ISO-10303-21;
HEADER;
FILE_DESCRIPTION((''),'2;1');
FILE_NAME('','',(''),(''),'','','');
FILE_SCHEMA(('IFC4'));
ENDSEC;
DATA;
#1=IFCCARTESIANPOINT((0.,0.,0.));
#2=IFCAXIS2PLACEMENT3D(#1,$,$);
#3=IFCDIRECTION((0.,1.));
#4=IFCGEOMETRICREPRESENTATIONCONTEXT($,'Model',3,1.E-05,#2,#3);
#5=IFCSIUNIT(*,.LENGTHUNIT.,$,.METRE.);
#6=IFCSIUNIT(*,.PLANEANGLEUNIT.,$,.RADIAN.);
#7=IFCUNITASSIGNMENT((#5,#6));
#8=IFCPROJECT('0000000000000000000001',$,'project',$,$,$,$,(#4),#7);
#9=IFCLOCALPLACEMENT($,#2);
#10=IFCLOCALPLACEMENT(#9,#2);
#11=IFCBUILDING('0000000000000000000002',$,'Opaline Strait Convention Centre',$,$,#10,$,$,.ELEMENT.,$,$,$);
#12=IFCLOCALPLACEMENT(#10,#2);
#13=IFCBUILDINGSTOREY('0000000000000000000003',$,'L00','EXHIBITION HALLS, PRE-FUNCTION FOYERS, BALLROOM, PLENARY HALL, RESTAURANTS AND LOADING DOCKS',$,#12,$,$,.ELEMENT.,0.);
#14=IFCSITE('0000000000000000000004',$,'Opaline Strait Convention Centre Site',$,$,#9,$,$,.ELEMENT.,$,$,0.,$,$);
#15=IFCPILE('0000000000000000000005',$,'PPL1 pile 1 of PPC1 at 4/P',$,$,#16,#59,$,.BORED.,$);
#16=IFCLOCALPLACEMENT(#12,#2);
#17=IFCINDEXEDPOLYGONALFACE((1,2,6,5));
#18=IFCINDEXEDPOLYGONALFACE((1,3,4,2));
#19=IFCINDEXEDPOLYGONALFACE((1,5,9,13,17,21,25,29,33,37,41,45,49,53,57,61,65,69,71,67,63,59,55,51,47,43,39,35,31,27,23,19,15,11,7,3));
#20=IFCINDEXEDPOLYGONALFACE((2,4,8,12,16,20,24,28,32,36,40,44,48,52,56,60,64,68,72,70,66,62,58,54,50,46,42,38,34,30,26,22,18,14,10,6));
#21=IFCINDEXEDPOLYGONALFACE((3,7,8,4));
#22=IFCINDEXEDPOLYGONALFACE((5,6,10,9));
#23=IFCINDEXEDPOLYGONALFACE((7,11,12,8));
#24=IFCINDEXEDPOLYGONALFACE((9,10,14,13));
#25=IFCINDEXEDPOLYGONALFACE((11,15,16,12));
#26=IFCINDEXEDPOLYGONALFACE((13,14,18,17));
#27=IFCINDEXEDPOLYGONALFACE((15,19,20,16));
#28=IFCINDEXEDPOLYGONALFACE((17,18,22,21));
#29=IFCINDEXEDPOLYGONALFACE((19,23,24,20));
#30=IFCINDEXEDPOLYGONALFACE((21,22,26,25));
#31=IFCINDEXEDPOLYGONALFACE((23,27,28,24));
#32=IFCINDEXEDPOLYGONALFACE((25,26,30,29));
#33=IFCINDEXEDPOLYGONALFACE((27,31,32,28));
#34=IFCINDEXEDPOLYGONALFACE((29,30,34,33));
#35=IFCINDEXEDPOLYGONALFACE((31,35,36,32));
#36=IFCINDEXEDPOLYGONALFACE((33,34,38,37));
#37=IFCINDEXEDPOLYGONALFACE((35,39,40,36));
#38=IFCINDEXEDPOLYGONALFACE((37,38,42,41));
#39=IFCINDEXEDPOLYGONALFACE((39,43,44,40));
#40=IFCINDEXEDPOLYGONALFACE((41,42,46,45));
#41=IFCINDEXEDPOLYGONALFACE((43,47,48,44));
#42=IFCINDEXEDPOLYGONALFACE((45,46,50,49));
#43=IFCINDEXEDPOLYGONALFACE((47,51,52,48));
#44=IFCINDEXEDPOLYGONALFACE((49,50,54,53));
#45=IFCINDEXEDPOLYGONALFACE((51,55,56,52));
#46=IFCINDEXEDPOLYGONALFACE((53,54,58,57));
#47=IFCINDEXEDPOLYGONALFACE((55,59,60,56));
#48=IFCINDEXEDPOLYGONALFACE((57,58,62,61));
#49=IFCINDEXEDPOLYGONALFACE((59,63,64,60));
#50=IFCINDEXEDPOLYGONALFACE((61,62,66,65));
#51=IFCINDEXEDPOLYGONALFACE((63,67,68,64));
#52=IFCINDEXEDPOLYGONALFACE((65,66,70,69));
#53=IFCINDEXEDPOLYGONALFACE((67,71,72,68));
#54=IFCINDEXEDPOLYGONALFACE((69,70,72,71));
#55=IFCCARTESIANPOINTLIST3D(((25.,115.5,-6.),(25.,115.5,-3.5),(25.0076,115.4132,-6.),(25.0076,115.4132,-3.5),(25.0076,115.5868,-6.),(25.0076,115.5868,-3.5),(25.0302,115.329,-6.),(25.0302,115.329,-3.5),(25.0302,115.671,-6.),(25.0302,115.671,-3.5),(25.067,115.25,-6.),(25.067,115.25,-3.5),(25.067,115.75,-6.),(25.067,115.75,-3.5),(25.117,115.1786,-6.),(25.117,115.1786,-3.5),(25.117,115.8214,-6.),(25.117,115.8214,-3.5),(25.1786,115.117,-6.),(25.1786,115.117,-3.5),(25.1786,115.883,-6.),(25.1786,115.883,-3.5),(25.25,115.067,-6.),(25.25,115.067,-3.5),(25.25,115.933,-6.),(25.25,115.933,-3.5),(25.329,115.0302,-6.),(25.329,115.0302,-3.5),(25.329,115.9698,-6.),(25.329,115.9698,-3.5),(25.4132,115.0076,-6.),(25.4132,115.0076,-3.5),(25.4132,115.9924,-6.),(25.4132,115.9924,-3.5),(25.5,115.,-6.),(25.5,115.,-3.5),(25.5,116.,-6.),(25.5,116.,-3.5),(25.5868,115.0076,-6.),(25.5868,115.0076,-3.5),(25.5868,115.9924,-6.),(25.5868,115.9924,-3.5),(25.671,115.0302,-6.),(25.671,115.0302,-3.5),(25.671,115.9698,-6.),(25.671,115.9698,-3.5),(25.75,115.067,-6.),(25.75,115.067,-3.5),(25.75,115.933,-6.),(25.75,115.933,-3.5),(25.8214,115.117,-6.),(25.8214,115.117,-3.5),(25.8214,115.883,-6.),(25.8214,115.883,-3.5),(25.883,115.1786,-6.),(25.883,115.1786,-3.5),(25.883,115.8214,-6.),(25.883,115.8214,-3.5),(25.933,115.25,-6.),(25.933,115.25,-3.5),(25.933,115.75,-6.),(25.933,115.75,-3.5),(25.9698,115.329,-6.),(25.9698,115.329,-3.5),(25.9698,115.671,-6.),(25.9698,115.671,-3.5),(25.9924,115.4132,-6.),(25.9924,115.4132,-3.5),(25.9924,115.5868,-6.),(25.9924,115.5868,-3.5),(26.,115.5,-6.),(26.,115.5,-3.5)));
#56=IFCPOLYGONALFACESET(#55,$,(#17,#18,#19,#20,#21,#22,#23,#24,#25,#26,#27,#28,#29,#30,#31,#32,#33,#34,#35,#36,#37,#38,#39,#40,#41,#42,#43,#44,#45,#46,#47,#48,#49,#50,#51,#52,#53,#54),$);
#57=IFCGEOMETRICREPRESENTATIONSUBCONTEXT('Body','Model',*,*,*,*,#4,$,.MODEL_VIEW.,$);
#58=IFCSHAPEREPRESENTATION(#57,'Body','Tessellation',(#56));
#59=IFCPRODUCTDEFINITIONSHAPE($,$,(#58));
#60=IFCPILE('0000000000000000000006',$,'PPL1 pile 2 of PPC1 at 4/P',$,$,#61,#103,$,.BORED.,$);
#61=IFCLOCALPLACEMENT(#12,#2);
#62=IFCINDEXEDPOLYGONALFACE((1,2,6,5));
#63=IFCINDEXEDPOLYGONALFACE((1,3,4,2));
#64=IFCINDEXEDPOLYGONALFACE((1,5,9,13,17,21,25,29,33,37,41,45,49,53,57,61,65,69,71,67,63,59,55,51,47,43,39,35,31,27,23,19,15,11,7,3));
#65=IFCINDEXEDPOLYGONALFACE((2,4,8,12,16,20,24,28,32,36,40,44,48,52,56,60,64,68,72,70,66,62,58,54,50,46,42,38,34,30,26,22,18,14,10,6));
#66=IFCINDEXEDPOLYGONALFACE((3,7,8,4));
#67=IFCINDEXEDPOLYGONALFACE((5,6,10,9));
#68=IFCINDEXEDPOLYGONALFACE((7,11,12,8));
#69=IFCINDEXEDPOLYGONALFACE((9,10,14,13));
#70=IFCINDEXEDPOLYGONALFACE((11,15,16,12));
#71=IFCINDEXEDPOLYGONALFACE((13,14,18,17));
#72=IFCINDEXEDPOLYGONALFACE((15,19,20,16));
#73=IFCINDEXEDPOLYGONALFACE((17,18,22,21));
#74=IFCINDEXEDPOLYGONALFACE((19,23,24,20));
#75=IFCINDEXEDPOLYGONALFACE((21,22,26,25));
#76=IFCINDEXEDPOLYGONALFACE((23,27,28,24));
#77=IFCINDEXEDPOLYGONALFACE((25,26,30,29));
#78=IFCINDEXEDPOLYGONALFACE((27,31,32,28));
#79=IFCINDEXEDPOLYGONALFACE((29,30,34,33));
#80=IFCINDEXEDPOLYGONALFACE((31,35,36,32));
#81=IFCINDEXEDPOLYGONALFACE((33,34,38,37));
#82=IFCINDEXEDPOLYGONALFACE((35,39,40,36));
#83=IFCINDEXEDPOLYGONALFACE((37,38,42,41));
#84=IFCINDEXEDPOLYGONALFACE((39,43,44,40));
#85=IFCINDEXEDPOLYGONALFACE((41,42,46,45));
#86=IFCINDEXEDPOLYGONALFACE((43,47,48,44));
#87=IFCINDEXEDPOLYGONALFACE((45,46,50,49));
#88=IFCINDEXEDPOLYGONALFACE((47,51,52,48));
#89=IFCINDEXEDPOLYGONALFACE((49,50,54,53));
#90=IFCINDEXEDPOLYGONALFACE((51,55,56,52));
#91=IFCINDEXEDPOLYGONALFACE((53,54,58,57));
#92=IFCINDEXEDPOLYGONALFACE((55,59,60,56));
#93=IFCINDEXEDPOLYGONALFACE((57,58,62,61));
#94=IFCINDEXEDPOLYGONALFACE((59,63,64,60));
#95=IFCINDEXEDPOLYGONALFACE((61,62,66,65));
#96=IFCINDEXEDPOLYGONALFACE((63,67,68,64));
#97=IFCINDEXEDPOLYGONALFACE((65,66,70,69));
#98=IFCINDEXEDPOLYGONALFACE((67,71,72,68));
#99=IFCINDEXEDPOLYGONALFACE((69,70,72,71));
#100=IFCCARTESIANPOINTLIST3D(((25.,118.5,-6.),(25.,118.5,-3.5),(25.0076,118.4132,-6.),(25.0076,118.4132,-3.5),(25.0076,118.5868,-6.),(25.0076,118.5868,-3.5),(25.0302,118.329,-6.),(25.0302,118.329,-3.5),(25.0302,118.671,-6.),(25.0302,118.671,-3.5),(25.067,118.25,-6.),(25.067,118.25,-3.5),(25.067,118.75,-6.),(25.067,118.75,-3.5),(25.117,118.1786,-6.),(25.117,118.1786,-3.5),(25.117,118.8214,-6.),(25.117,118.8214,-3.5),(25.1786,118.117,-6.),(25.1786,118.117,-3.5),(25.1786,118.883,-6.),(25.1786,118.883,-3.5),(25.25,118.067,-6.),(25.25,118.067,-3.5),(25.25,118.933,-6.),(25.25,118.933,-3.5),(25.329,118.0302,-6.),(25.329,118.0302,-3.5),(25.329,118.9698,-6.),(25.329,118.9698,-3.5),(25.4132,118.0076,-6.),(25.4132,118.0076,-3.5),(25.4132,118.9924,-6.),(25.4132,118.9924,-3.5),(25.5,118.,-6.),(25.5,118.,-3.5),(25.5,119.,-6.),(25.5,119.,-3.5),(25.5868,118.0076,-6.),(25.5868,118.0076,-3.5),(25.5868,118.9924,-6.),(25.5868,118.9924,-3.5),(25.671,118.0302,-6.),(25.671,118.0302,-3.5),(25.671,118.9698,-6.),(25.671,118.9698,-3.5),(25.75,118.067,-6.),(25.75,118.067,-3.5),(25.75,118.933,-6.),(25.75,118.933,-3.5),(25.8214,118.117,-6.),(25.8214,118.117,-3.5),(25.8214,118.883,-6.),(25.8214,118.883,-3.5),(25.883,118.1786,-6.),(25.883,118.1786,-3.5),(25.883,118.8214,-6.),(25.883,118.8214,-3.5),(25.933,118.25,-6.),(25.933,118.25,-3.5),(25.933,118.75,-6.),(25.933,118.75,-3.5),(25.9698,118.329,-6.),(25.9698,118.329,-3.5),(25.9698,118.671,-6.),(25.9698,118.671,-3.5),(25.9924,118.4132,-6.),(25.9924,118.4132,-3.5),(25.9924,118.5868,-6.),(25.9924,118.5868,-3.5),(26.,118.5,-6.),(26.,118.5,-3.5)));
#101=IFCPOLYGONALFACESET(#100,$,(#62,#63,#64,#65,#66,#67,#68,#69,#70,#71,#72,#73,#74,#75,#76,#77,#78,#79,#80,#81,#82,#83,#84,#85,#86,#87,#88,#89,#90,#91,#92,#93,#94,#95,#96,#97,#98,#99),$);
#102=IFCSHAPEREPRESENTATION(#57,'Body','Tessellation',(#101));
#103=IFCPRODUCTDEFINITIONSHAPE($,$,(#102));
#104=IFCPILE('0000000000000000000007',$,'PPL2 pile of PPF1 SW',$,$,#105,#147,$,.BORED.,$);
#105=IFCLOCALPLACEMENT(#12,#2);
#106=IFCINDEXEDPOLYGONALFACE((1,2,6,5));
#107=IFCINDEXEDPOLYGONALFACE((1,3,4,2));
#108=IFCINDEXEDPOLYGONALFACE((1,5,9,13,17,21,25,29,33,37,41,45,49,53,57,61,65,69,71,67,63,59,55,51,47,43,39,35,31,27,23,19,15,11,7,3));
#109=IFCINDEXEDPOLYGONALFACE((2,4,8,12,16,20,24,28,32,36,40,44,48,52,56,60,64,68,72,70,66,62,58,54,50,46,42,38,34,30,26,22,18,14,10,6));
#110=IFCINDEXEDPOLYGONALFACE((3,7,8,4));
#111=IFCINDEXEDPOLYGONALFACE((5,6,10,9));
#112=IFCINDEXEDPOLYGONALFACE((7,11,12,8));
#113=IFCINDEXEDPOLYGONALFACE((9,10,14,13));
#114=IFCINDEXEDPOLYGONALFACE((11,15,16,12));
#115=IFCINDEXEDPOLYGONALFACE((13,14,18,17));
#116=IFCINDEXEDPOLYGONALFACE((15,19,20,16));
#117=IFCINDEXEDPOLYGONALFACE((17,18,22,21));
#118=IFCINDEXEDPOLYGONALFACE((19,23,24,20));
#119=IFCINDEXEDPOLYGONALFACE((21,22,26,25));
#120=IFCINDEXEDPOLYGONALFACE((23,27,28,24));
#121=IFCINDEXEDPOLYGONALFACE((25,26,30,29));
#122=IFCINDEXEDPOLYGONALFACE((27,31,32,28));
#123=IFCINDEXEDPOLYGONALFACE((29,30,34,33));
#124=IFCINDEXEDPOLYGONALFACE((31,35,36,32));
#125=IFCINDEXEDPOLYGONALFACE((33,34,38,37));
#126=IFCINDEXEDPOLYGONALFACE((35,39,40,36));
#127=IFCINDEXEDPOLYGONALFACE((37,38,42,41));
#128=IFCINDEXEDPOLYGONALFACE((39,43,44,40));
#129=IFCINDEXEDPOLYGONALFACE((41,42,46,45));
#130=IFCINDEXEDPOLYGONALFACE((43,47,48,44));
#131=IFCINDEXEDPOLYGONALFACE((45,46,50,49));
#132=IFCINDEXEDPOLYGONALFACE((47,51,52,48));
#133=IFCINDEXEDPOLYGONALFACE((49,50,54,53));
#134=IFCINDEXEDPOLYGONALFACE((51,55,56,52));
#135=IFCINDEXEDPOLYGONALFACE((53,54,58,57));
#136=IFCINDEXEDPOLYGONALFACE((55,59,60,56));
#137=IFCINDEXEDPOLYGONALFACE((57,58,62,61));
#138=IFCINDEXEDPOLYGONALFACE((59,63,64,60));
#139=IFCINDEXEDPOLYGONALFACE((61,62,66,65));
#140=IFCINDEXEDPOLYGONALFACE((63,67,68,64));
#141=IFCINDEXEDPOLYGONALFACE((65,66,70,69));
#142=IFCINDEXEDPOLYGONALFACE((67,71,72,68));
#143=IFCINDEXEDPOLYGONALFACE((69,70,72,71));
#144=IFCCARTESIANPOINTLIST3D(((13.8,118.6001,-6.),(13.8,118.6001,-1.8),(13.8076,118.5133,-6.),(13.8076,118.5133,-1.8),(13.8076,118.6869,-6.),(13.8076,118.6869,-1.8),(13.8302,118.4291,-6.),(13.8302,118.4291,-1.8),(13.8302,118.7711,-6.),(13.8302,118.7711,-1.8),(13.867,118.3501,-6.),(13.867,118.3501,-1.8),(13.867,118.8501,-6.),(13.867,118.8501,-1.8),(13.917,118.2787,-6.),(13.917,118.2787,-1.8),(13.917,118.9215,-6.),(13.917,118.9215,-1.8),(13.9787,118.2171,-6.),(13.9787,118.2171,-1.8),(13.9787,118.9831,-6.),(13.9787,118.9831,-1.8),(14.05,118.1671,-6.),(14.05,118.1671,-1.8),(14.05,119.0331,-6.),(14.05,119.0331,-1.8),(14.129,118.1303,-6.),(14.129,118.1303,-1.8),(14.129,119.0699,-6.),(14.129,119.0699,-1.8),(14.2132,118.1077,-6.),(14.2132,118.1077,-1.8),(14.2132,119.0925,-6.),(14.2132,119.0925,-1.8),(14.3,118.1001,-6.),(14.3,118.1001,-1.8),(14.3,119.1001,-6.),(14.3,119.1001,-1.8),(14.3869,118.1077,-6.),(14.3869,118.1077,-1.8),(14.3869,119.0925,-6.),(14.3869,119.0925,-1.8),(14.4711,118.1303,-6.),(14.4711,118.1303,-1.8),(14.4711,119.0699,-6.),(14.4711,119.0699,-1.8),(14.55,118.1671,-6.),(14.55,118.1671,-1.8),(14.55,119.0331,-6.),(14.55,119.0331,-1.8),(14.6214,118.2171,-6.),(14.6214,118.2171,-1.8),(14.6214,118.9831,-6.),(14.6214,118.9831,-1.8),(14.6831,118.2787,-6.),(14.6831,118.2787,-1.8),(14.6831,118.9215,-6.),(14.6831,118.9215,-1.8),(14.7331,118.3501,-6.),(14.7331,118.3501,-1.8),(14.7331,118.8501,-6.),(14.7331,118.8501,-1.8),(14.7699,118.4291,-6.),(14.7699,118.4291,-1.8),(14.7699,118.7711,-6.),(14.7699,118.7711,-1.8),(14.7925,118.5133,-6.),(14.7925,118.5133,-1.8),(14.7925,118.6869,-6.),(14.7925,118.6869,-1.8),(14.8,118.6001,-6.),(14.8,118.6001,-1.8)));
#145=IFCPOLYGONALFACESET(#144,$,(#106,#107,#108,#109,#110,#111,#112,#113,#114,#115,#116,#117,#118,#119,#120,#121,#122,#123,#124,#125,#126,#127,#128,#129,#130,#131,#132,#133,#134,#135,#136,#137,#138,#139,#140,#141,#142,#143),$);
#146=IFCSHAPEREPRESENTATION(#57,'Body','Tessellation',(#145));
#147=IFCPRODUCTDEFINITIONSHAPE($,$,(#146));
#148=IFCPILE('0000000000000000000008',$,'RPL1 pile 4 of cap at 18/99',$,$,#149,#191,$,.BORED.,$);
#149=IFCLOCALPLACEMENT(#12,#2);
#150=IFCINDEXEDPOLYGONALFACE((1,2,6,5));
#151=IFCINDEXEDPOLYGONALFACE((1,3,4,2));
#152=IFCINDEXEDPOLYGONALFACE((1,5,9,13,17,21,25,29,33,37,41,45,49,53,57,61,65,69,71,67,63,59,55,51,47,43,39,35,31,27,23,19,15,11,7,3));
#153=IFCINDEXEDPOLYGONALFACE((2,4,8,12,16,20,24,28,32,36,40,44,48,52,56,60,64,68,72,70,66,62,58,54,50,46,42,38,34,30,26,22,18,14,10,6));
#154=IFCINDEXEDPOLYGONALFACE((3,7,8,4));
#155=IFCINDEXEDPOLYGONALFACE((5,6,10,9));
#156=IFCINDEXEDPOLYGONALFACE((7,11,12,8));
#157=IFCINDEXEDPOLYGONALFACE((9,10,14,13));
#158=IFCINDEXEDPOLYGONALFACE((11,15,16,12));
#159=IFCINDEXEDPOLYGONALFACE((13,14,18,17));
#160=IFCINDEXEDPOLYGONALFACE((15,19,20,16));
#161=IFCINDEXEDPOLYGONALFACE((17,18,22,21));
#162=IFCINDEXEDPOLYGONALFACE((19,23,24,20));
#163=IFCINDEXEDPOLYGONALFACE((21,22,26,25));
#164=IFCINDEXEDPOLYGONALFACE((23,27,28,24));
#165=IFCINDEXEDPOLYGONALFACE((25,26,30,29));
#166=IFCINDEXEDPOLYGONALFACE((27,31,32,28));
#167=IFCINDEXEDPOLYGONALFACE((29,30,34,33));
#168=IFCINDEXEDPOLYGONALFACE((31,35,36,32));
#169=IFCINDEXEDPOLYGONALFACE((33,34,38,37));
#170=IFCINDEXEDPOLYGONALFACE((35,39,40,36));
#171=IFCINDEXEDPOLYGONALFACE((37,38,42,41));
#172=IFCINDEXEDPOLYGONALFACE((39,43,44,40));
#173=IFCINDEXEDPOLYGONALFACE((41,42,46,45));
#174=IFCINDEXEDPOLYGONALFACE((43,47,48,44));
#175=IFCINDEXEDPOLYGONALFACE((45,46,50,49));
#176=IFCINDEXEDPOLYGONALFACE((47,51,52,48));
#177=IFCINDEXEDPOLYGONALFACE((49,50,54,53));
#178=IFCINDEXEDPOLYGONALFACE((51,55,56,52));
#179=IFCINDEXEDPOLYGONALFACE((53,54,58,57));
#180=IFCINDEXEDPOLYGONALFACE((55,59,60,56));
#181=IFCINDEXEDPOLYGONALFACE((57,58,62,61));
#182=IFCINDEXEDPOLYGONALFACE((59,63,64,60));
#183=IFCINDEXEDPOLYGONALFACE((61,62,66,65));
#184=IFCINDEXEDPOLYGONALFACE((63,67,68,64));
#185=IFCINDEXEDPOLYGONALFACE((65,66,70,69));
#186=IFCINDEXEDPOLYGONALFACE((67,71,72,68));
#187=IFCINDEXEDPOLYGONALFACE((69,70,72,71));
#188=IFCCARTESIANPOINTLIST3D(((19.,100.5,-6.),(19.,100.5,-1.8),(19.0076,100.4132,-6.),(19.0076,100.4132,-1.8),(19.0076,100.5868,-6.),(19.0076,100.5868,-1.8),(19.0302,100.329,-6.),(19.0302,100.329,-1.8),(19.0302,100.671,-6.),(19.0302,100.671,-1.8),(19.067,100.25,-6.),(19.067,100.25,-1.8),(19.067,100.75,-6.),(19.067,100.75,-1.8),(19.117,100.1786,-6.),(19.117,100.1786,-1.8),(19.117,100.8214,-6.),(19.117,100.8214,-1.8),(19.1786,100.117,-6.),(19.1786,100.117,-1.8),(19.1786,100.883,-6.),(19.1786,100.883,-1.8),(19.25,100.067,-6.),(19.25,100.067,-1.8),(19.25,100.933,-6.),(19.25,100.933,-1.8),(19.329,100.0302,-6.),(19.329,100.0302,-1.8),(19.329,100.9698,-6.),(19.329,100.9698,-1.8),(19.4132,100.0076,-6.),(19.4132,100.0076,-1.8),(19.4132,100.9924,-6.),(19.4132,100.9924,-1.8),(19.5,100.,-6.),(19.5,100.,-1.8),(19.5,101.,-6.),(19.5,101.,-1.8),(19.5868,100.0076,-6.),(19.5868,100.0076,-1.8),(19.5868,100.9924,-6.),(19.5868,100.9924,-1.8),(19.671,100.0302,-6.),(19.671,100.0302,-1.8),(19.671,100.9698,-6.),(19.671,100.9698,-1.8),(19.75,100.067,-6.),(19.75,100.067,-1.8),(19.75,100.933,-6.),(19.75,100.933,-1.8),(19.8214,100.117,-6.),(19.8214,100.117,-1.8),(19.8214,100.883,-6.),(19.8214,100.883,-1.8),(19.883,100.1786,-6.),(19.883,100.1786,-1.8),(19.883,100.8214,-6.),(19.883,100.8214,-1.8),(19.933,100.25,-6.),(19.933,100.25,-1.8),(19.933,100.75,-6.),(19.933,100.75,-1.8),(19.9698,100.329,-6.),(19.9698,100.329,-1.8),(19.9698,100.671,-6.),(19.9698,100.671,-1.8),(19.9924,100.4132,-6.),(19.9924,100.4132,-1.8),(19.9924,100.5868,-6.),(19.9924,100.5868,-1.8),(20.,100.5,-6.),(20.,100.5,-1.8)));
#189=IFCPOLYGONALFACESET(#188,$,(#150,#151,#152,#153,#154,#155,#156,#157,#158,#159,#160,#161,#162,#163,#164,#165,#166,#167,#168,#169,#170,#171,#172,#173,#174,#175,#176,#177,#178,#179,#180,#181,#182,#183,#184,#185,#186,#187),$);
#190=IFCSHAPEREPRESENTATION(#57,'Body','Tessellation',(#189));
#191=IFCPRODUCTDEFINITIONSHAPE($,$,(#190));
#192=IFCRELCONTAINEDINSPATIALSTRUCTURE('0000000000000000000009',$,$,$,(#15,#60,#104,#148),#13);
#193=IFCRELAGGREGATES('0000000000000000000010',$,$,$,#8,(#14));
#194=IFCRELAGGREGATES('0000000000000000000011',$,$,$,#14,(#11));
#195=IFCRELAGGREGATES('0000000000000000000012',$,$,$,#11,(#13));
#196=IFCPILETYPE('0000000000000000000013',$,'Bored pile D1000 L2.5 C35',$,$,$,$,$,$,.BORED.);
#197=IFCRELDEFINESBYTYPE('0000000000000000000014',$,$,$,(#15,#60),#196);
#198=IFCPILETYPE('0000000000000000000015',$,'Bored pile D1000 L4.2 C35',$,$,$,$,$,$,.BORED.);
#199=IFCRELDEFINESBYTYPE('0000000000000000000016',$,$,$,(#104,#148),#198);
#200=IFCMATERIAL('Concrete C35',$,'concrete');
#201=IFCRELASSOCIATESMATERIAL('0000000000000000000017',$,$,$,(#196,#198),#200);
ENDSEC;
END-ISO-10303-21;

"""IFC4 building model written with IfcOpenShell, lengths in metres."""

from ifc_helpers import new_model, si_unit, direction, frame, origin, origin_2d, place, context, subcontext, project, spatial, circle, extrude, material, material_profile, profile_set, type_object, element, save


model = new_model("IFC4")

# Units and contexts
model_context = context("Model", 3, precision=1e-05, world=origin(), true_north=direction((0.0, 1.0)))
body_context = subcontext(model_context, "Body", "Model", "MODEL_VIEW")
ifc_project = project(units=[si_unit("LENGTHUNIT", "METRE"), si_unit("PLANEANGLEUNIT", "RADIAN")], contexts=[model_context])

# Site, building, storey
site_placement = place(None, origin())
site = spatial("IfcSite", under=ifc_project, at=site_placement, Name="Opaline Strait Convention Centre Site", CompositionType="ELEMENT", RefElevation=0.0)
building_placement = place(site_placement, origin())
building = spatial("IfcBuilding", under=site, at=building_placement, Name="Opaline Strait Convention Centre", CompositionType="ELEMENT")
storey_placement = place(building_placement, origin())
storey = spatial("IfcBuildingStorey", under=building, at=storey_placement, Name="L00", Description="EXHIBITION HALLS, PRE-FUNCTION FOYERS, BALLROOM, PLENARY HALL, RESTAURANTS AND LOADING DOCKS", CompositionType="ELEMENT", Elevation=0.0)

# Piles
ifc_material_1 = material(Name="Concrete C35", Category="concrete")
ifc_material_profile_1 = material_profile(ifc_material_1, circle(Radius=0.5, at=origin_2d()), Name="D1000")
ifc_profile_set_1 = profile_set([ifc_material_profile_1], Name="Concrete C35")
pile_type_1 = type_object("IfcPileType", Name="Bored pile D1000 L2.5 C35", PredefinedType="BORED", material=ifc_profile_set_1)
for number, where, z_axis, x_axis, name in (
    (1, (25.5, 115.5, -3.5), (0.0, 0.0, -1.0), (1.0, 0.0, 0.0), "PPL1 pile 1 of PPC1 at 4/P"),
    (2, (25.5, 118.5, -3.5), (0.0, 0.0, -1.0), (1.0, 0.0, 0.0), "PPL1 pile 2 of PPC1 at 4/P"),
):
    element("IfcPile", number, at=place(storey_placement, frame(where, z_axis=z_axis, x_axis=x_axis)), inside=storey, type_object=pile_type_1, Name=name, PredefinedType="BORED", context=body_context, shape_type="SweptSolid", body=[
        extrude(circle(Radius=0.5, at=origin_2d()), origin(), (0.0, 0.0, 1.0), 2.5),
    ])
ifc_material_profile_2 = material_profile(ifc_material_1, circle(Radius=0.5, at=origin_2d()), Name="D1000")
ifc_profile_set_2 = profile_set([ifc_material_profile_2], Name="Concrete C35")
pile_type_2 = type_object("IfcPileType", Name="Bored pile D1000 L4.2 C35", PredefinedType="BORED", material=ifc_profile_set_2)
for number, where, z_axis, x_axis, name in (
    (3, (14.3, 118.6001, -1.8), (0.0, 0.0, -1.0), (1.0, 0.0, 0.0), "PPL2 pile of PPF1 SW"),
    (4, (19.5, 100.5, -1.8), (0.0, 0.0, -1.0), (1.0, 0.0, 0.0), "RPL1 pile 4 of cap at 18/99"),
):
    element("IfcPile", number, at=place(storey_placement, frame(where, z_axis=z_axis, x_axis=x_axis)), inside=storey, type_object=pile_type_2, Name=name, PredefinedType="BORED", context=body_context, shape_type="SweptSolid", body=[
        extrude(circle(Radius=0.5, at=origin_2d()), origin(), (0.0, 0.0, 1.0), 4.2),
    ])

save(model, "model.ifc")
